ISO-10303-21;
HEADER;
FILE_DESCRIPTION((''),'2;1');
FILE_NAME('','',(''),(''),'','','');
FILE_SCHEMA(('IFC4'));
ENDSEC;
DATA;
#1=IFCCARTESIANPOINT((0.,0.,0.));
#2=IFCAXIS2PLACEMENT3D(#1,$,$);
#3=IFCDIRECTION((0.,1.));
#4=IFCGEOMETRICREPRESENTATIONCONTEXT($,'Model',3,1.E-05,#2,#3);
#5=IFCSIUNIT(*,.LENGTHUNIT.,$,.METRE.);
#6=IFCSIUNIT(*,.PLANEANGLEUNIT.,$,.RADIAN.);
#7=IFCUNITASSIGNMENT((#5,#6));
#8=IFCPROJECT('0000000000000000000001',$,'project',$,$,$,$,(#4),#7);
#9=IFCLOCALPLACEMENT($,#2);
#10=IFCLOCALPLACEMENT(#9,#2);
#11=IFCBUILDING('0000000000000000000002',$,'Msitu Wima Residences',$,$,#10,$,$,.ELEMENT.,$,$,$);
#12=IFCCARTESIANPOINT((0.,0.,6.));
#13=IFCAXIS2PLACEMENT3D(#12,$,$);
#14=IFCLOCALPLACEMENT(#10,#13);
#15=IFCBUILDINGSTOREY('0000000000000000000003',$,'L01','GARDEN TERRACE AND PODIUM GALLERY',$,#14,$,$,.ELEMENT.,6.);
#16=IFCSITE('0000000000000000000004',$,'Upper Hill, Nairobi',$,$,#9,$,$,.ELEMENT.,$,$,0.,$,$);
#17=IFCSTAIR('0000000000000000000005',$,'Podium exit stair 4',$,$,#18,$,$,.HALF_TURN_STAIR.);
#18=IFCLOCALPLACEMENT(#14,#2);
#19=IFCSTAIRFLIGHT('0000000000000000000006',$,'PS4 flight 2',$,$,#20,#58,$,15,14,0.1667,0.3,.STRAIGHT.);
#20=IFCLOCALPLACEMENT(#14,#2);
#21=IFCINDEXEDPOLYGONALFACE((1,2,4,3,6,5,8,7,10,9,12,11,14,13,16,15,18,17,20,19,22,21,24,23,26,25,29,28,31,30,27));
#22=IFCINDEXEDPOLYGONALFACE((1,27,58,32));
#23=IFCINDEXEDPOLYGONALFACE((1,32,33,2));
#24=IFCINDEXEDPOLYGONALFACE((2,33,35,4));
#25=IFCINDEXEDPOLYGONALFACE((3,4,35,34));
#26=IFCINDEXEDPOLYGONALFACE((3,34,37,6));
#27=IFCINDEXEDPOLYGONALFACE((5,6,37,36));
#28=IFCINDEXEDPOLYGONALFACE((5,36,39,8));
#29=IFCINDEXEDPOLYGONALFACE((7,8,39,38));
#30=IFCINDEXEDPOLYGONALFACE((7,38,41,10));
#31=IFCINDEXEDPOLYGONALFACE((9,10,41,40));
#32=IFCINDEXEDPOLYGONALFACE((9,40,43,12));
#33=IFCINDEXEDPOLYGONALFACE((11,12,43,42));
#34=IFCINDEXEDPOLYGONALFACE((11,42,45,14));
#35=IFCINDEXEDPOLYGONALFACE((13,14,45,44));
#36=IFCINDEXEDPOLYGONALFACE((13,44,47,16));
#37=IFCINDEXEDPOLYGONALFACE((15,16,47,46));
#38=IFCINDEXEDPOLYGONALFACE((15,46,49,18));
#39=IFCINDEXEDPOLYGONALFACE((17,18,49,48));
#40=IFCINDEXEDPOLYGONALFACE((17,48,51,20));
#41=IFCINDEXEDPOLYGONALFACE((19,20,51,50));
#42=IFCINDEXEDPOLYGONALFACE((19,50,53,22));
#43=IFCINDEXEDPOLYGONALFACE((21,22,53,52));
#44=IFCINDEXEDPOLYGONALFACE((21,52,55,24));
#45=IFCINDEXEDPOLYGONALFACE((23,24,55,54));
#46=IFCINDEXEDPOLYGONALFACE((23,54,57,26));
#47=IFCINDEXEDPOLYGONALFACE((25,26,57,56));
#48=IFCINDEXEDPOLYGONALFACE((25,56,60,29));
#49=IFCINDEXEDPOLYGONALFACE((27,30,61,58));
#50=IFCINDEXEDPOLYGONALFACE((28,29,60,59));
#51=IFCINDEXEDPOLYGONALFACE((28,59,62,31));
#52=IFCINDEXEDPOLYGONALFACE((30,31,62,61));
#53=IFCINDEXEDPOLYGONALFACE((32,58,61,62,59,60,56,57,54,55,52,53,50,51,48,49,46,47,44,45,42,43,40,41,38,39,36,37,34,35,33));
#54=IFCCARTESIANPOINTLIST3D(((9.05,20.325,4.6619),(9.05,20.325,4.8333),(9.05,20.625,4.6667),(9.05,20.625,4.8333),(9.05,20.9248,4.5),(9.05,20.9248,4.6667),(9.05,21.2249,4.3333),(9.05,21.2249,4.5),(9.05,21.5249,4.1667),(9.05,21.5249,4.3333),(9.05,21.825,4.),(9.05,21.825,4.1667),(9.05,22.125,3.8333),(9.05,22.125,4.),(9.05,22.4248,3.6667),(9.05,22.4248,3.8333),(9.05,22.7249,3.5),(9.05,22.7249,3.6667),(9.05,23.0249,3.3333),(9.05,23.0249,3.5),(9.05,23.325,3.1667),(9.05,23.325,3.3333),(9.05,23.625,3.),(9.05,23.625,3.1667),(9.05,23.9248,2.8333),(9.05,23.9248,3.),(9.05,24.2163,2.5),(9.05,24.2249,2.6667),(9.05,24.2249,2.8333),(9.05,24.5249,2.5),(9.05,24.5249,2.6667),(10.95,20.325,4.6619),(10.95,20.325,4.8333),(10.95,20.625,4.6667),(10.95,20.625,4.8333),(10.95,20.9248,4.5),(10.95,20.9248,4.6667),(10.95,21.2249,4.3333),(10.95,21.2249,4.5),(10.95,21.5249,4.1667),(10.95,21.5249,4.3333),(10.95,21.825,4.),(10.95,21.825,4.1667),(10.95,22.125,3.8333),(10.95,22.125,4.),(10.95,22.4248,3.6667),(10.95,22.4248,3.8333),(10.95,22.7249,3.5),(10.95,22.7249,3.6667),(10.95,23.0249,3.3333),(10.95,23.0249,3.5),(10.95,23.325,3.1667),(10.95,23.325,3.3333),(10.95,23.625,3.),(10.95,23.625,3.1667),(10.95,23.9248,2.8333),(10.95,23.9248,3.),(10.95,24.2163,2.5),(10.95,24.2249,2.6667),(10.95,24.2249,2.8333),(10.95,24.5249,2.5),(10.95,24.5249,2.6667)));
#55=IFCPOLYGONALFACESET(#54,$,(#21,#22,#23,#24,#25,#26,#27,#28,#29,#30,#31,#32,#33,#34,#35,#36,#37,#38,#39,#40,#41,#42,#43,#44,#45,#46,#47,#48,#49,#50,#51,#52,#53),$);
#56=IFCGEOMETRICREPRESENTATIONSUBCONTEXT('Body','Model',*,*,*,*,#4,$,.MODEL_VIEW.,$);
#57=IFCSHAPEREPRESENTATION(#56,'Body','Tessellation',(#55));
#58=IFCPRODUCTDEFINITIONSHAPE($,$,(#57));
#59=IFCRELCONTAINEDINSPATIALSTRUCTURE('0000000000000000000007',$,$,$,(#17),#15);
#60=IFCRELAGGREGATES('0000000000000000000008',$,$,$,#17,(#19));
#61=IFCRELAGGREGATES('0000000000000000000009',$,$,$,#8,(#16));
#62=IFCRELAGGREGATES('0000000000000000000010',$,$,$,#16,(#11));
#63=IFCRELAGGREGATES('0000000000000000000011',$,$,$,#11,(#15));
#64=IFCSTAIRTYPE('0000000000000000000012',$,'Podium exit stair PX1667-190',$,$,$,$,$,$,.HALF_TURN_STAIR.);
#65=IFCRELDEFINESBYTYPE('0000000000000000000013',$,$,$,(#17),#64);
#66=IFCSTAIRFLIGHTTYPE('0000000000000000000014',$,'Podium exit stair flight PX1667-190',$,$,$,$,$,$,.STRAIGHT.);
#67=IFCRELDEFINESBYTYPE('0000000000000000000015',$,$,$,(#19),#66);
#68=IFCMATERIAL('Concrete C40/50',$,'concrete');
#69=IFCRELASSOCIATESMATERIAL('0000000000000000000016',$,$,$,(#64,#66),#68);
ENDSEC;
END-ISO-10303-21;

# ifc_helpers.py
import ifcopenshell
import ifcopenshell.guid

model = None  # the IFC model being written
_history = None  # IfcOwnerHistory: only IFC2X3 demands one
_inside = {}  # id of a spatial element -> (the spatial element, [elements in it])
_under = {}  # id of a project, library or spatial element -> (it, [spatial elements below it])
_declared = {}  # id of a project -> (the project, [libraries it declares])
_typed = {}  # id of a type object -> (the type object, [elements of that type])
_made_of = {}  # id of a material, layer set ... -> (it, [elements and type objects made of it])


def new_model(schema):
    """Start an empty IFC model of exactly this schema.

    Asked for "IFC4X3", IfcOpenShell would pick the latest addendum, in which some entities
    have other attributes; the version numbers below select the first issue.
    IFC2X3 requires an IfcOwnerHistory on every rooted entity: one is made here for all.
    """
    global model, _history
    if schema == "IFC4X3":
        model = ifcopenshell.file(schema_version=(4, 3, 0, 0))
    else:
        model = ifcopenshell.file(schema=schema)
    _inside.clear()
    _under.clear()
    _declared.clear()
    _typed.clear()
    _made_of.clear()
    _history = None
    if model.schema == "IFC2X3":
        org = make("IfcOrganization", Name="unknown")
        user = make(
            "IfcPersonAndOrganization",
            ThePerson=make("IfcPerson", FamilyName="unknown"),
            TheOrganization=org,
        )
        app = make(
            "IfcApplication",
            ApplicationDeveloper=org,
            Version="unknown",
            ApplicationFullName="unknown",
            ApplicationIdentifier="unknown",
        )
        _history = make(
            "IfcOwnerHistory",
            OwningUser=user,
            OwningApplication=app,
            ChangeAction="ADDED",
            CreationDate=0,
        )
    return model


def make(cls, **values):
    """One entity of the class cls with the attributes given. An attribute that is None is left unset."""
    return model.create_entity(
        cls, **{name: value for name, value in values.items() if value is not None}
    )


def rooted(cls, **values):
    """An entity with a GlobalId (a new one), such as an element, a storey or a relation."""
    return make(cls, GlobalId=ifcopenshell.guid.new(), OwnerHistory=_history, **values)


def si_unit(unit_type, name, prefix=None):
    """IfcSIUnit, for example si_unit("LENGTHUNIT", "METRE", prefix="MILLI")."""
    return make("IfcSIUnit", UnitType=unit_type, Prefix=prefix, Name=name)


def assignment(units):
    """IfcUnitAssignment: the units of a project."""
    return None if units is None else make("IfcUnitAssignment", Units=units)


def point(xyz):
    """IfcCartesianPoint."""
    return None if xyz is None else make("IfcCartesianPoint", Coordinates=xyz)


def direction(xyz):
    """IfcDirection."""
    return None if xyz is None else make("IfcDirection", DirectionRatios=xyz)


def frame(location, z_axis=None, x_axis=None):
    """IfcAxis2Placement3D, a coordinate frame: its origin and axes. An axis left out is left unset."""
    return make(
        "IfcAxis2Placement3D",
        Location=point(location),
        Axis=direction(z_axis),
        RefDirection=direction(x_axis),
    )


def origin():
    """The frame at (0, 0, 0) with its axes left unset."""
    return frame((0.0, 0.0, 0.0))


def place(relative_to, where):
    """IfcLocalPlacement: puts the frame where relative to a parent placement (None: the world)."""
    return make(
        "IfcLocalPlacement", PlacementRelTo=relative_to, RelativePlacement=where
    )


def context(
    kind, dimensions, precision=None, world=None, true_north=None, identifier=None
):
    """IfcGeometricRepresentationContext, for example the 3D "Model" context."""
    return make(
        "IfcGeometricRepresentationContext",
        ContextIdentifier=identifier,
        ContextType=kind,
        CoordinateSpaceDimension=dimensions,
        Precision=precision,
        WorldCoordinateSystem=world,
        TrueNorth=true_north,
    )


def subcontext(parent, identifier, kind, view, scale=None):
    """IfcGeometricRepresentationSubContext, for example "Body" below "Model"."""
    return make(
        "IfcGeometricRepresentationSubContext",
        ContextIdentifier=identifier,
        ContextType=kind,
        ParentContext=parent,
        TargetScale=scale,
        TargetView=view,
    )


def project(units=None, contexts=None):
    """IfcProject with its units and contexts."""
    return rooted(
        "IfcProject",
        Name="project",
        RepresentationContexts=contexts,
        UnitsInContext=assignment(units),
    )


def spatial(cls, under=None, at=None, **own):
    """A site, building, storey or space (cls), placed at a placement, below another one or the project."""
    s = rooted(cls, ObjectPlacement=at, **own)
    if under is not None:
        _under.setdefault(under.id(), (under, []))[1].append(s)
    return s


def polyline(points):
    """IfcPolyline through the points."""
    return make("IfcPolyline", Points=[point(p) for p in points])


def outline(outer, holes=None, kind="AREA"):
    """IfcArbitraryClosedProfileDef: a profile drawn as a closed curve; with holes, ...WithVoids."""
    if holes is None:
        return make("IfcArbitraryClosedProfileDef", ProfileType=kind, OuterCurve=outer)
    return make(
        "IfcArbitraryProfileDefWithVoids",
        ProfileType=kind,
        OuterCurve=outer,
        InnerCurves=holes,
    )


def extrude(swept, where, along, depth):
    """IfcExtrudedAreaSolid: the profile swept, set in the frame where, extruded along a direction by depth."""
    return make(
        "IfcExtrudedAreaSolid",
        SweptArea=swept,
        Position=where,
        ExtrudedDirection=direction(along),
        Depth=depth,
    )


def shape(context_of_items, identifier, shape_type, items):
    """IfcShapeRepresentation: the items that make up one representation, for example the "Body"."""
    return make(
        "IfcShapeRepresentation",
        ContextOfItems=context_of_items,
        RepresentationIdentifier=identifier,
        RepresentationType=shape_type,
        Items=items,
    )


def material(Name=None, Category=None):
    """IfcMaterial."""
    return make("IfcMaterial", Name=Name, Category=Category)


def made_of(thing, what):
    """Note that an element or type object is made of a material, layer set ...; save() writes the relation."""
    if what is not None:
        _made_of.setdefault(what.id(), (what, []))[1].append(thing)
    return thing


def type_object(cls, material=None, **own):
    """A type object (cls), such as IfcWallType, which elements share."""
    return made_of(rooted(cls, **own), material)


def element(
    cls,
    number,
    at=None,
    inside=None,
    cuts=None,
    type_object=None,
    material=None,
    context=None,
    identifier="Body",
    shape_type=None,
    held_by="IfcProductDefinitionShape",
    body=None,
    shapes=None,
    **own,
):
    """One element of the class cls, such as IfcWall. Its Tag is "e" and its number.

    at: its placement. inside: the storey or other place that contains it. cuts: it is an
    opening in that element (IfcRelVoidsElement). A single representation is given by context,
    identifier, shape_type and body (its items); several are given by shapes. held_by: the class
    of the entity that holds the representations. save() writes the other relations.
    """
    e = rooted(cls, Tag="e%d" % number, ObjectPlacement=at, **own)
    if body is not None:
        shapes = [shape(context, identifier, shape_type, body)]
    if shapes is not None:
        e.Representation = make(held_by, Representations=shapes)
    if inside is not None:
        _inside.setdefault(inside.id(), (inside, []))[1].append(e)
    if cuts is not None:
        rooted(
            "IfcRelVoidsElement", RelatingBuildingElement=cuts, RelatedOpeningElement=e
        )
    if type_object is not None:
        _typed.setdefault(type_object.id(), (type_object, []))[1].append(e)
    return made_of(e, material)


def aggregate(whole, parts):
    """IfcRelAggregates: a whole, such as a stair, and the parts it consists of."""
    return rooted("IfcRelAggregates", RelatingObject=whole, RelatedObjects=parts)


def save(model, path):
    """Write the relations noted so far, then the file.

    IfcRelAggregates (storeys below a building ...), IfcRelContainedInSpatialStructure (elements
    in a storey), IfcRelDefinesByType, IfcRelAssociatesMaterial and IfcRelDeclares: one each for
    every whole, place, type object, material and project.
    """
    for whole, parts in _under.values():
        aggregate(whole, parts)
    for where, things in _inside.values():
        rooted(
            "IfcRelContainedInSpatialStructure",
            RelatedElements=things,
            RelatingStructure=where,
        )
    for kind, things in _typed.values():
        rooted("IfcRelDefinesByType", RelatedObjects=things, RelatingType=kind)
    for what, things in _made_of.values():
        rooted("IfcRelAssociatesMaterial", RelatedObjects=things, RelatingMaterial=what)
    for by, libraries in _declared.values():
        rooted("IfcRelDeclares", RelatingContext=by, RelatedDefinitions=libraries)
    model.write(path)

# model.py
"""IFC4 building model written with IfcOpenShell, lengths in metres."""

from ifc_helpers import new_model, si_unit, direction, frame, origin, place, context, subcontext, project, spatial, polyline, outline, extrude, material, type_object, element, aggregate, save


model = new_model("IFC4")

# Units and contexts
model_context = context("Model", 3, precision=1e-05, world=origin(), true_north=direction((0.0, 1.0)))
body_context = subcontext(model_context, "Body", "Model", "MODEL_VIEW")
ifc_project = project(units=[si_unit("LENGTHUNIT", "METRE"), si_unit("PLANEANGLEUNIT", "RADIAN")], contexts=[model_context])

# Site, building, storey
site_placement = place(None, origin())
site = spatial("IfcSite", under=ifc_project, at=site_placement, Name="Upper Hill, Nairobi", CompositionType="ELEMENT", RefElevation=0.0)
building_placement = place(site_placement, origin())
building = spatial("IfcBuilding", under=site, at=building_placement, Name="Msitu Wima Residences", CompositionType="ELEMENT")
storey_placement = place(building_placement, frame((0.0, 0.0, 6.0)))
storey = spatial("IfcBuildingStorey", under=building, at=storey_placement, Name="L01", Description="GARDEN TERRACE AND PODIUM GALLERY", CompositionType="ELEMENT", Elevation=6.0)

# Shared definitions
ifc_material_1 = material(Name="Concrete C40/50", Category="concrete")

# Stair, stair flight
stair_type_1 = type_object("IfcStairType", Name="Podium exit stair PX1667-190", PredefinedType="HALF_TURN_STAIR", material=ifc_material_1)
stair_1_placement = place(storey_placement, origin())
stair_1 = element("IfcStair", 1, at=stair_1_placement, inside=storey, type_object=stair_type_1, Name="Podium exit stair 4", PredefinedType="HALF_TURN_STAIR")
stair_flight_type_1 = type_object("IfcStairFlightType", Name="Podium exit stair flight PX1667-190", PredefinedType="STRAIGHT", material=ifc_material_1)
stair_flight_1_placement = place(storey_placement, frame((10.0, 24.5249, 2.5), z_axis=(0.0, 0.0, 1.0), x_axis=(0.0, -1.0, 0.0)))
stair_flight_1 = element("IfcStairFlight", 2, at=stair_flight_1_placement, type_object=stair_flight_type_1, Name="PS4 flight 2", NumberOfRisers=15, NumberOfTreads=14, PredefinedType="STRAIGHT", RiserHeight=0.1667, TreadLength=0.3, context=body_context, shape_type="SweptSolid", body=[
    extrude(outline(polyline([(0.0, 0.0), (0.0, 0.1667), (0.3, 0.1667), (0.3, 0.3333), (0.6001, 0.3333), (0.6001, 0.5), (0.8999, 0.5), (0.8999, 0.6667), (1.2, 0.6667), (1.2, 0.8333), (1.5, 0.8333), (1.5, 1.0), (1.8, 1.0), (1.8, 1.1667), (2.1001, 1.1667), (2.1001, 1.3333), (2.3999, 1.3333), (2.3999, 1.5), (2.7, 1.5), (2.7, 1.6667), (3.0, 1.6667), (3.0, 1.8333), (3.3, 1.8333), (3.3, 2.0), (3.6001, 2.0), (3.6001, 2.1667), (3.8999, 2.1667), (3.8999, 2.3333), (4.2, 2.3333), (4.2, 2.5), (4.2, 2.1619), (0.3086, 0.0), (0.0, 0.0)])), frame((0.0, 0.95, 0.0), z_axis=(0.0, -1.0, 0.0), x_axis=(1.0, 0.0, 0.0)), (0.0, 0.0, 1.0), 1.8999),
])
aggregate(stair_1, [stair_flight_1])

save(model, "model.ifc")
